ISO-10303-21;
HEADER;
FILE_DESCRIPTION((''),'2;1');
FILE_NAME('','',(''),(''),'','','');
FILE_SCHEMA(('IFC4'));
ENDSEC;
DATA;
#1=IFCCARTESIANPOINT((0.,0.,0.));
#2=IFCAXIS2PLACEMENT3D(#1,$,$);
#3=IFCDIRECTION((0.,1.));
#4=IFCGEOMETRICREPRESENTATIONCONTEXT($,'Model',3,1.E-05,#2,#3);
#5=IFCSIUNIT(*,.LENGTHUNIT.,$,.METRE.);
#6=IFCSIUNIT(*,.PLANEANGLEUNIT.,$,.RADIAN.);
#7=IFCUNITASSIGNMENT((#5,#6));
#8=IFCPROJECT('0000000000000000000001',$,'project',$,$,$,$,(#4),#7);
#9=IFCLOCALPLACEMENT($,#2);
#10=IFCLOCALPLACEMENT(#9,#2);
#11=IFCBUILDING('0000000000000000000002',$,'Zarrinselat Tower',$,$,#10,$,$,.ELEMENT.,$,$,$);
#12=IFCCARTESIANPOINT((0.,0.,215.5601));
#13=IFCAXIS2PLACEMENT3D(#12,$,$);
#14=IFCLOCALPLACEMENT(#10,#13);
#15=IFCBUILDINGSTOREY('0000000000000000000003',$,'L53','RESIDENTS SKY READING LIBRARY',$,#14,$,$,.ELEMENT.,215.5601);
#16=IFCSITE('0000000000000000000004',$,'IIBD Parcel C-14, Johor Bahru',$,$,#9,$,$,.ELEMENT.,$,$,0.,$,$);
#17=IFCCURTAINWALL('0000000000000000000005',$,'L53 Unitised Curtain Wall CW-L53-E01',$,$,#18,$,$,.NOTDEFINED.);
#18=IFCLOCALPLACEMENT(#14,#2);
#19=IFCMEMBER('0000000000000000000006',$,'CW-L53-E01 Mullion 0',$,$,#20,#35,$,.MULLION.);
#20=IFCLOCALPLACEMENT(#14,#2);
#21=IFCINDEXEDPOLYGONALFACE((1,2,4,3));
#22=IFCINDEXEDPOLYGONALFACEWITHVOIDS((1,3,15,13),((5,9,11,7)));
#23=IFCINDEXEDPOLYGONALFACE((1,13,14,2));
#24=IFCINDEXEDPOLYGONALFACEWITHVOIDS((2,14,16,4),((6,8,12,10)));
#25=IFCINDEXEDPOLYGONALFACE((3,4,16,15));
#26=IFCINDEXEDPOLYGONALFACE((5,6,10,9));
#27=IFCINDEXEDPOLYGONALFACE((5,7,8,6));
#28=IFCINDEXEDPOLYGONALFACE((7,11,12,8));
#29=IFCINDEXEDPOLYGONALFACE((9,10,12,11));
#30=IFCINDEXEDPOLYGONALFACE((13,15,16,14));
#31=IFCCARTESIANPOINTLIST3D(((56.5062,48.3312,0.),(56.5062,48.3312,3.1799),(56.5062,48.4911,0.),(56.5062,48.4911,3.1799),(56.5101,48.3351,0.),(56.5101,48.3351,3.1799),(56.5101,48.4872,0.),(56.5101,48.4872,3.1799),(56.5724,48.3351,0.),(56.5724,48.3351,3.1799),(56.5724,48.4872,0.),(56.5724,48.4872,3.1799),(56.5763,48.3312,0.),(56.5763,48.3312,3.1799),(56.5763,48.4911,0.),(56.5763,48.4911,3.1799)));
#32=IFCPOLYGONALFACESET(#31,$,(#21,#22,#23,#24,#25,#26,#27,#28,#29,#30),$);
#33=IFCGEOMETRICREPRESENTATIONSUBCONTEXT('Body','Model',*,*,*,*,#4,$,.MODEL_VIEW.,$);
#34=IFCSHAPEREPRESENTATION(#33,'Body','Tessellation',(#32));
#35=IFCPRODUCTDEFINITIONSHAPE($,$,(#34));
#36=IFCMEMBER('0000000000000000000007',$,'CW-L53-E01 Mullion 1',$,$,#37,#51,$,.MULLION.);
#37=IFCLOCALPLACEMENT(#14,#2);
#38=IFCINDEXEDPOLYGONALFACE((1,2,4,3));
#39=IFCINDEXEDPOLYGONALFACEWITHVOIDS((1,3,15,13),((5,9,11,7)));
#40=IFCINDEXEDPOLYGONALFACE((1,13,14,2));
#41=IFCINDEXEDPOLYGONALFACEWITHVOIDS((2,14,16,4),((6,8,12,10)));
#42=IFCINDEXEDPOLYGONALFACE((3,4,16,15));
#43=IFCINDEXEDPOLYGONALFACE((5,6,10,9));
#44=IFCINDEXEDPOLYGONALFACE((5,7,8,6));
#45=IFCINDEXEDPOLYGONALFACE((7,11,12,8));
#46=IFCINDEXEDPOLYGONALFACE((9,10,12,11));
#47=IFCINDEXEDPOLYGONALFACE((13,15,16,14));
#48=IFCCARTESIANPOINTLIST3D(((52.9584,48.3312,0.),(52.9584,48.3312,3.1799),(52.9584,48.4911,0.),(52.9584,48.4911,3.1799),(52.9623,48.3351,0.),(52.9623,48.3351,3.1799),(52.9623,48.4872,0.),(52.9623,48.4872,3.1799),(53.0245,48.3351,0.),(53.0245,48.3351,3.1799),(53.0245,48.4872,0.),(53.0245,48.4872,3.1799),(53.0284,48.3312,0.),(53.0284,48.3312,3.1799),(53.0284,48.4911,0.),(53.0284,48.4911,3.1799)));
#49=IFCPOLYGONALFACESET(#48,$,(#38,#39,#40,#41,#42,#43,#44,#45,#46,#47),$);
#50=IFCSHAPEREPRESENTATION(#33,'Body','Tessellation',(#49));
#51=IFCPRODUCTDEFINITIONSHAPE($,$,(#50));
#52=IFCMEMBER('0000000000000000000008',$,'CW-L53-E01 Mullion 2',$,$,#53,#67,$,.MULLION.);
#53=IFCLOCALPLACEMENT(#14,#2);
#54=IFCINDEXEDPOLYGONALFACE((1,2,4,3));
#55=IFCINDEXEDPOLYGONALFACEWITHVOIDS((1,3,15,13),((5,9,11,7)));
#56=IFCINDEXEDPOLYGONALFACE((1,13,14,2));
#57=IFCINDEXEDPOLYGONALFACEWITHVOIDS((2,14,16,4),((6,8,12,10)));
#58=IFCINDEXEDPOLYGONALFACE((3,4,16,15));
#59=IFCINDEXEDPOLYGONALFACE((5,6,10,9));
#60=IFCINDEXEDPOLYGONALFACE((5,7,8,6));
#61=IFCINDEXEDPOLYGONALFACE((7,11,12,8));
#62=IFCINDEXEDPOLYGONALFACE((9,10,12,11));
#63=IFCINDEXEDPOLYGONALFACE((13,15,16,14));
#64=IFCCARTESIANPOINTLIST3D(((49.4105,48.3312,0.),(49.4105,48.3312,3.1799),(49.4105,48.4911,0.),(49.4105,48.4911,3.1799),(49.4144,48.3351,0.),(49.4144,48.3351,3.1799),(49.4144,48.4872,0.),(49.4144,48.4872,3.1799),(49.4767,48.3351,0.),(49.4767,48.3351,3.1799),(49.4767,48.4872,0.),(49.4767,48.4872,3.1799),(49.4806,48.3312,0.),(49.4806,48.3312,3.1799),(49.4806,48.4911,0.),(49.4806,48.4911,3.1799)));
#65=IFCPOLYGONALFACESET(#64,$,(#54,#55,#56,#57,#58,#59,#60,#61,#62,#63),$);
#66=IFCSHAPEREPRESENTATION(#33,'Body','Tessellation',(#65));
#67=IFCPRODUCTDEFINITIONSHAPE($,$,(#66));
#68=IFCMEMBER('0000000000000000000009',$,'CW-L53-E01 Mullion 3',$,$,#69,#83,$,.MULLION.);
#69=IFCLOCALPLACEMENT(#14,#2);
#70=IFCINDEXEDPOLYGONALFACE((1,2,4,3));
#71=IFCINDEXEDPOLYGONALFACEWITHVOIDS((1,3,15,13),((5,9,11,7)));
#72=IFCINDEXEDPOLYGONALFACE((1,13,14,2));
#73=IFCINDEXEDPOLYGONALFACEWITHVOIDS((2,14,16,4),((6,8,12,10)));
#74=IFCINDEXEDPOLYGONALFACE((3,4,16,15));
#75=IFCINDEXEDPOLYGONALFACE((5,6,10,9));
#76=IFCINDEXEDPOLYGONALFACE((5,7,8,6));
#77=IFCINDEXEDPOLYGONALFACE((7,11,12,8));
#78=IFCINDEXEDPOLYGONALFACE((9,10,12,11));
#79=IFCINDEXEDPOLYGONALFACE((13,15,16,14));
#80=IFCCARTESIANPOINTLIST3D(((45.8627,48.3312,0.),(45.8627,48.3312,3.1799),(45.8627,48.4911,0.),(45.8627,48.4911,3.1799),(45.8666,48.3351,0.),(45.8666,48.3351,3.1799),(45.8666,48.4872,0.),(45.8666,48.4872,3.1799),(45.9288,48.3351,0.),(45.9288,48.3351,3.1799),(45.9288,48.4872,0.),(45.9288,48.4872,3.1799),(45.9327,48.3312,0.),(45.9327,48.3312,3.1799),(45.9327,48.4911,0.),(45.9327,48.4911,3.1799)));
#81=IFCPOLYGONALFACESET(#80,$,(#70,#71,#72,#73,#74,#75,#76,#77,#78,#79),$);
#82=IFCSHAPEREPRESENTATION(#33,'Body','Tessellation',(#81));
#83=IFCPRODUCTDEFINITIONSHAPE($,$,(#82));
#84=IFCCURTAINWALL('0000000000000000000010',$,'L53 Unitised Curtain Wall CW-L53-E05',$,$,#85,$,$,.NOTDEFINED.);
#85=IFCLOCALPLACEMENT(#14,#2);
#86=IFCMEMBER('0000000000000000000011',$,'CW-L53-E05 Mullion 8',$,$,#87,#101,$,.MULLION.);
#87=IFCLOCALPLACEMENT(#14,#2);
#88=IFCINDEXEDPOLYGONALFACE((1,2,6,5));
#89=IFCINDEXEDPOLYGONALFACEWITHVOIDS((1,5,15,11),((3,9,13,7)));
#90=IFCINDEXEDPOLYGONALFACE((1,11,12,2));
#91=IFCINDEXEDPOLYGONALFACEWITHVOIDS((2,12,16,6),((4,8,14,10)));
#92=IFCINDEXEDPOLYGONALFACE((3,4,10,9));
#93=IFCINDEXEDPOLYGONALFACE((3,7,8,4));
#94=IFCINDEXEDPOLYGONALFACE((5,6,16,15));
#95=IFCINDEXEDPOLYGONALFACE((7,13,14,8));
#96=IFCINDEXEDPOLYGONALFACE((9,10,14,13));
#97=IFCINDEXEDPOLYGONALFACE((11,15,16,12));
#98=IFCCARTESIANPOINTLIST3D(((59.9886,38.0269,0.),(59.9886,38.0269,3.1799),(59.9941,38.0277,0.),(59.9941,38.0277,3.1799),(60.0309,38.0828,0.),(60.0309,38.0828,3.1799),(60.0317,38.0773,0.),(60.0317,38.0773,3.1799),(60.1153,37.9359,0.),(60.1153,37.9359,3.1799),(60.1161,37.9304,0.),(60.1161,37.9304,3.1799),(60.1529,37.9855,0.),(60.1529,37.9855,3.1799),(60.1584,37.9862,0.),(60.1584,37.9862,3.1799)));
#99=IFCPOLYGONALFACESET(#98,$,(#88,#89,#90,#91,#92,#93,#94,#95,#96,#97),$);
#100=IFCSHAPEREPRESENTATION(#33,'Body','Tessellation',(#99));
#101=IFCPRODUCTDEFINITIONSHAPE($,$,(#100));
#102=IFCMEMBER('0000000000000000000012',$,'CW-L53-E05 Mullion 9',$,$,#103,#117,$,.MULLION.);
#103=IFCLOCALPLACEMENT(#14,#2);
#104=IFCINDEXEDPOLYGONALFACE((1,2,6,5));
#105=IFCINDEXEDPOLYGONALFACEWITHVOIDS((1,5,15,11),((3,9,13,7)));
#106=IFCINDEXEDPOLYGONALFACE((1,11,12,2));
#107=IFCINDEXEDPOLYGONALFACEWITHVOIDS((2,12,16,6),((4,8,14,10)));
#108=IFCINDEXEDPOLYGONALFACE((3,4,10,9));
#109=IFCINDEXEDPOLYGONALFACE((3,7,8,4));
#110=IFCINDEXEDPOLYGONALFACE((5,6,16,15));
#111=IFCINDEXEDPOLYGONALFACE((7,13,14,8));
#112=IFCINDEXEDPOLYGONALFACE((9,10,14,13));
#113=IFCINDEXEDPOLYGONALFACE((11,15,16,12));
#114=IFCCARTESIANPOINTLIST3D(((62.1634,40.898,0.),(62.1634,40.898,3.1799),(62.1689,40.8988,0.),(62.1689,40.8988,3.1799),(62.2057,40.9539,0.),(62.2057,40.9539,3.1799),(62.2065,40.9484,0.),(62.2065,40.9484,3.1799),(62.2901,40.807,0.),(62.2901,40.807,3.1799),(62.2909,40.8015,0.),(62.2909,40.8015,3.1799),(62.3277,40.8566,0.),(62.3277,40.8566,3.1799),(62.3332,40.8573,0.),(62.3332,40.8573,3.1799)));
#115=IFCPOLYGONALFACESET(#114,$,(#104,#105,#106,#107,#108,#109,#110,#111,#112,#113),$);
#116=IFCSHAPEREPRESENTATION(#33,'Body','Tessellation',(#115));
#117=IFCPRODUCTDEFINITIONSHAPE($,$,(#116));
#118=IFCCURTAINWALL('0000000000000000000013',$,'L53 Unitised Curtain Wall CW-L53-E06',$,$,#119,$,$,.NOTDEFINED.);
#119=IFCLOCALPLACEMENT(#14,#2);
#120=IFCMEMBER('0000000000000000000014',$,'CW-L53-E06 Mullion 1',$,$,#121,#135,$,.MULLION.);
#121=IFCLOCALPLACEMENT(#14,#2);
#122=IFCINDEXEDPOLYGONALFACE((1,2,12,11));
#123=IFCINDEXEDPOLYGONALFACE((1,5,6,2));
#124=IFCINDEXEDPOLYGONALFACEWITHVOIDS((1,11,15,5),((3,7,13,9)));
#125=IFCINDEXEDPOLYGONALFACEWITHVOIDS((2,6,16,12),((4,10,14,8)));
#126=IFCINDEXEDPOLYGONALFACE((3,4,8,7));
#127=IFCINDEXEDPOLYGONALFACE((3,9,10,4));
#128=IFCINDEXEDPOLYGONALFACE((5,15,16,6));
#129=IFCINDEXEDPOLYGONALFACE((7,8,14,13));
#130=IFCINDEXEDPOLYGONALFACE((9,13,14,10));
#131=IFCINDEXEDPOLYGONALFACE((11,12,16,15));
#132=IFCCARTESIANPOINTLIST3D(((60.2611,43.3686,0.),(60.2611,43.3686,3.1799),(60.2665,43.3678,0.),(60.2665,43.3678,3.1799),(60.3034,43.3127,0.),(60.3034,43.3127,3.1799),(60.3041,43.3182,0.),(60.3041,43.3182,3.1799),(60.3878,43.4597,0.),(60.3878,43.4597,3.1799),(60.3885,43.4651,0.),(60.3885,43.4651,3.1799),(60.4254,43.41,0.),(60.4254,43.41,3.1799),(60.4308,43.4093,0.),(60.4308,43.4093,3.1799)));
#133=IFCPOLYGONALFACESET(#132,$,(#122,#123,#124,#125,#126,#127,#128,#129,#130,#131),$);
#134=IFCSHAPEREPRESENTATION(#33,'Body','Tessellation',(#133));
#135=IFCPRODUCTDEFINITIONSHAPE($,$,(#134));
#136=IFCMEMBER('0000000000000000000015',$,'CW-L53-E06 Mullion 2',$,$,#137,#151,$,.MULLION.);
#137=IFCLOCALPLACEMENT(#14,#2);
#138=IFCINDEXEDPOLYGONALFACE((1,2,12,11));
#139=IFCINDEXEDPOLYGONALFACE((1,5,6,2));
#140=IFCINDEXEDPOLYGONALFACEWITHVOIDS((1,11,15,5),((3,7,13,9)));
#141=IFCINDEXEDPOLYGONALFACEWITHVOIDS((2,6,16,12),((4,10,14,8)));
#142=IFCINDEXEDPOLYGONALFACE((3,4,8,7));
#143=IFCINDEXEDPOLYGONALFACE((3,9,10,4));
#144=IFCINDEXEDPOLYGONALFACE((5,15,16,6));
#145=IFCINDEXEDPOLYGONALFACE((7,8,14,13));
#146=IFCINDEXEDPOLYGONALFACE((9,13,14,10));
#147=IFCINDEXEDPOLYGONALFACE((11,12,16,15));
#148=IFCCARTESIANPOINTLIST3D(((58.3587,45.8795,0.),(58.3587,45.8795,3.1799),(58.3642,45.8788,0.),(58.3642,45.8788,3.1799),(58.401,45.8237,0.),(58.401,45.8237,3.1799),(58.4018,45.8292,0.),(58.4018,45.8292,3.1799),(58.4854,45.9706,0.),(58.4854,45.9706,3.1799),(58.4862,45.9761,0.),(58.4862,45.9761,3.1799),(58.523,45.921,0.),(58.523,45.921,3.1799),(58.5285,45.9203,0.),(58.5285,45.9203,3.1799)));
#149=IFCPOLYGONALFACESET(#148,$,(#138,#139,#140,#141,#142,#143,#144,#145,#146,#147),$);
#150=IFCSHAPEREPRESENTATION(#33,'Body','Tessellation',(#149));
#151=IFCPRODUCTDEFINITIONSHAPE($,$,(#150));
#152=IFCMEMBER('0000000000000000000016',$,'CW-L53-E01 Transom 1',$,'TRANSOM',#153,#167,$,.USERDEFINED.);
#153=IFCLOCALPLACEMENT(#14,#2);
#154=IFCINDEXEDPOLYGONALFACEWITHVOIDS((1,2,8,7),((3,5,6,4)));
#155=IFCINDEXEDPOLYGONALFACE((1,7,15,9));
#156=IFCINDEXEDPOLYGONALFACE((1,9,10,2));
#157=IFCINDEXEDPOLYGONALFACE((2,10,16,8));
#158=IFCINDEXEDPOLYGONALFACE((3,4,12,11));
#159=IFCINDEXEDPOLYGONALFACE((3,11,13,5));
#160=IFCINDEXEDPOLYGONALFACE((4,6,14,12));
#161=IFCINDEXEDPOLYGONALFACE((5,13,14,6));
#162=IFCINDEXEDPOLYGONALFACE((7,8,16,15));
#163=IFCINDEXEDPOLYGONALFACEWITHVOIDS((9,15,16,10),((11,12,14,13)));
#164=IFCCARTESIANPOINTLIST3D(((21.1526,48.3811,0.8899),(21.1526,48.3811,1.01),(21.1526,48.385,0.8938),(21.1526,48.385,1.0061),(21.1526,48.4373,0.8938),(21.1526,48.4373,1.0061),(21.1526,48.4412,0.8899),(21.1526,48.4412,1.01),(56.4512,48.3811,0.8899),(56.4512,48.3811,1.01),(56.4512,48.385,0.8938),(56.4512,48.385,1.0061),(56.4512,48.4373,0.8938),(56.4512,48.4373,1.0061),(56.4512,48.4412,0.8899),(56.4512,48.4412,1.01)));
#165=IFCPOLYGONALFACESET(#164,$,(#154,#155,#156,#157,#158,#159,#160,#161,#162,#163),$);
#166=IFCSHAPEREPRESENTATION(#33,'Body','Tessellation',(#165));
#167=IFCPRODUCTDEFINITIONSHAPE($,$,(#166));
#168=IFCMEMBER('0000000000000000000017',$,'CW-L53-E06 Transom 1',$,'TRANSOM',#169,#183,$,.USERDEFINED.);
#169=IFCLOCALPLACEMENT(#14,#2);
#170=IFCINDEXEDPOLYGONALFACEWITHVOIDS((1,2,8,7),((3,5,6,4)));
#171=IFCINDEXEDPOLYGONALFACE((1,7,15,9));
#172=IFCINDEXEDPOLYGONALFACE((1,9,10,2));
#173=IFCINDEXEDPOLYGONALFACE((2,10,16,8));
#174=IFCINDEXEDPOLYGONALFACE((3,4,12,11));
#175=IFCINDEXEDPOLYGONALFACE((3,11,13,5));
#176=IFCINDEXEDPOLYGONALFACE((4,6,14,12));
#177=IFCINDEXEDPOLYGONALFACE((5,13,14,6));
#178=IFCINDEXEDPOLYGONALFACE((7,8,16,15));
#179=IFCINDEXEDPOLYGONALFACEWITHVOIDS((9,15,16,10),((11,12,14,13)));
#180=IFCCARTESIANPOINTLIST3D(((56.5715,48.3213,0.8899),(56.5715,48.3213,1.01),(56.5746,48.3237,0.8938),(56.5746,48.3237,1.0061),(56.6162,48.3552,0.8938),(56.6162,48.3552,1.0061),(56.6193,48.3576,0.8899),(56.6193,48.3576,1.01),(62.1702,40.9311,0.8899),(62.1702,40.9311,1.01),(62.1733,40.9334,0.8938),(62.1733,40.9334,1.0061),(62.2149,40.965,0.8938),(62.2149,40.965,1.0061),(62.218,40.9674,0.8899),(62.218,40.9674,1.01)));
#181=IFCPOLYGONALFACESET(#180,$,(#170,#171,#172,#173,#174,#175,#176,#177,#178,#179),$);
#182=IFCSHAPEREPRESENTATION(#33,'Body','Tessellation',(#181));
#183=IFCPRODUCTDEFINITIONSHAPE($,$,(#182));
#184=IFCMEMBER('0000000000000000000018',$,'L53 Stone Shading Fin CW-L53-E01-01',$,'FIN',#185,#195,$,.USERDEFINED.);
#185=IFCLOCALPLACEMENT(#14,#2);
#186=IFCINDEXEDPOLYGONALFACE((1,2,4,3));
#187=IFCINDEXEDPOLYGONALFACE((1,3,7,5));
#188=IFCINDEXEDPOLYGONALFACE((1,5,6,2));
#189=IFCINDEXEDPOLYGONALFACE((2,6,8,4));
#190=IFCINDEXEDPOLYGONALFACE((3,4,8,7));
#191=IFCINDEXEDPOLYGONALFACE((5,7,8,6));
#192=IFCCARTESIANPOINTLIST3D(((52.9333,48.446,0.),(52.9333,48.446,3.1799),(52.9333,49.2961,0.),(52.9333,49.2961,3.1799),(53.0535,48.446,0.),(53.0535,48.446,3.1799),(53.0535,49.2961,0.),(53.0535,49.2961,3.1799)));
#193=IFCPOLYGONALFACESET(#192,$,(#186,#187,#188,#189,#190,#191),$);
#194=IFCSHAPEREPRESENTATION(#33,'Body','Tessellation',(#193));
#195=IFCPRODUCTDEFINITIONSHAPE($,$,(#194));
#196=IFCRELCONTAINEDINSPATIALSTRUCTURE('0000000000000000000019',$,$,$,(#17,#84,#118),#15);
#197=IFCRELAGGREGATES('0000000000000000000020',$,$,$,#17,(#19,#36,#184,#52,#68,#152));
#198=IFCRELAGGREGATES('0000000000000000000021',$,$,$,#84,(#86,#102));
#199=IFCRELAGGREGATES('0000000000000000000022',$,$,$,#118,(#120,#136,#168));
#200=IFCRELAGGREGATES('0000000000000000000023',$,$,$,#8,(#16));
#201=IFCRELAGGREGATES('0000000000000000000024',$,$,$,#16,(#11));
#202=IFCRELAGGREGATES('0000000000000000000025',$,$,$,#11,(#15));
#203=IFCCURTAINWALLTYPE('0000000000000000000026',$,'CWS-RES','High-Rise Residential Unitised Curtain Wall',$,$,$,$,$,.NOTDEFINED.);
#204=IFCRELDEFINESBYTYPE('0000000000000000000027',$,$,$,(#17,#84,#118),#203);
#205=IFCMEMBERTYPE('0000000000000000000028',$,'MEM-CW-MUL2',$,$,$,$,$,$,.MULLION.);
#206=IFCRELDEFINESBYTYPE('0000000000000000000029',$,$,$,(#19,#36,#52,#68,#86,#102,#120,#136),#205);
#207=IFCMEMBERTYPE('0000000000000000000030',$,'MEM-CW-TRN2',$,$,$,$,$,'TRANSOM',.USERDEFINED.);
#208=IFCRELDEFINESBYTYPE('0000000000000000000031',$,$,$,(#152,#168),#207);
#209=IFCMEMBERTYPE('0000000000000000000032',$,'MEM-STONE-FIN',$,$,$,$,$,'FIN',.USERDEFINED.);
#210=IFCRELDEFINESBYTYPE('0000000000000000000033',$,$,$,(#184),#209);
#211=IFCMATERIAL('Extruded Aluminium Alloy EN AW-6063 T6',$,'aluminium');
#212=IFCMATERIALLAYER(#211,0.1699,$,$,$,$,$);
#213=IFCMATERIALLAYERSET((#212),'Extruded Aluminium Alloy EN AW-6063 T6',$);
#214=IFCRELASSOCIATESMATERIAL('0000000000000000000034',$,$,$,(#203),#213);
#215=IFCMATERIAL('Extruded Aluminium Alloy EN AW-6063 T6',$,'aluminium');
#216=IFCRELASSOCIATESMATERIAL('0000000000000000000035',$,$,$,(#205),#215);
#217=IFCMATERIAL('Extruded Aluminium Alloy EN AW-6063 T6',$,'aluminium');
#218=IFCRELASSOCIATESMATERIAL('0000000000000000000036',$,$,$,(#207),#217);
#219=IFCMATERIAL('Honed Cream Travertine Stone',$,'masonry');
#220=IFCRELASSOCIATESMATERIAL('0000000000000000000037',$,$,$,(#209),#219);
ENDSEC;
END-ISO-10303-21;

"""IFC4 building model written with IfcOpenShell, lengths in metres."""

from ifc_helpers import new_model, si_unit, direction, frame, origin, origin_2d, place, context, subcontext, project, spatial, rectangle, hollow_rectangle, extrude, material, layer, layer_set, material_profile, profile_set, type_object, element, aggregate, save


model = new_model("IFC4")

# Units and contexts
model_context = context("Model", 3, precision=1e-05, world=origin(), true_north=direction((0.0, 1.0)))
body_context = subcontext(model_context, "Body", "Model", "MODEL_VIEW")
ifc_project = project(units=[si_unit("LENGTHUNIT", "METRE"), si_unit("PLANEANGLEUNIT", "RADIAN")], contexts=[model_context])

# Site, building, storey
site_placement = place(None, origin())
site = spatial("IfcSite", under=ifc_project, at=site_placement, Name="IIBD Parcel C-14, Johor Bahru", CompositionType="ELEMENT", RefElevation=0.0)
building_placement = place(site_placement, origin())
building = spatial("IfcBuilding", under=site, at=building_placement, Name="Zarrinselat Tower", CompositionType="ELEMENT")
storey_placement = place(building_placement, frame((0.0, 0.0, 215.5601)))
storey = spatial("IfcBuildingStorey", under=building, at=storey_placement, Name="L53", Description="RESIDENTS SKY READING LIBRARY", CompositionType="ELEMENT", Elevation=215.5601)

# Curtain walls, members
ifc_material_1 = material(Name="Extruded Aluminium Alloy EN AW-6063 T6", Category="aluminium")
ifc_layer_1 = layer(ifc_material_1, 0.1699)
ifc_layer_set_1 = layer_set([ifc_layer_1], Name="Extruded Aluminium Alloy EN AW-6063 T6")
curtain_wall_type = type_object("IfcCurtainWallType", Name="CWS-RES", Description="High-Rise Residential Unitised Curtain Wall", PredefinedType="NOTDEFINED", material=ifc_layer_set_1)
curtain_wall_1_placement = place(storey_placement, origin())
curtain_wall_1 = element("IfcCurtainWall", 1, at=curtain_wall_1_placement, inside=storey, type_object=curtain_wall_type, Name="L53 Unitised Curtain Wall CW-L53-E01", PredefinedType="NOTDEFINED")
ifc_material_2 = material(Name="Extruded Aluminium Alloy EN AW-6063 T6", Category="aluminium")
ifc_material_profile_1 = material_profile(ifc_material_2, hollow_rectangle(XDim=0.0701, YDim=0.1599, WallThickness=0.0039, at=origin_2d()), Name="RHS 160x70x4")
ifc_profile_set_1 = profile_set([ifc_material_profile_1], Name="Extruded Aluminium Alloy EN AW-6063 T6")
member_type_1 = type_object("IfcMemberType", Name="MEM-CW-MUL2", PredefinedType="MULLION", material=ifc_profile_set_1)
member_1_placement = place(storey_placement, frame((56.5413, 48.4111, 0.0), z_axis=(0.0, 0.0, 1.0), x_axis=(-1.0, 0.0, 0.0)))
member_1 = element("IfcMember", 2, at=member_1_placement, type_object=member_type_1, Name="CW-L53-E01 Mullion 0", PredefinedType="MULLION", context=body_context, shape_type="SweptSolid", body=[
    extrude(hollow_rectangle(XDim=0.0701, YDim=0.1599, WallThickness=0.0039, at=origin_2d()), origin(), (0.0, 0.0, 1.0), 3.1799),
])
member_2_placement = place(storey_placement, frame((52.9934, 48.4111, 0.0), z_axis=(0.0, 0.0, 1.0), x_axis=(-1.0, 0.0, 0.0)))
member_2 = element("IfcMember", 3, at=member_2_placement, type_object=member_type_1, Name="CW-L53-E01 Mullion 1", PredefinedType="MULLION", context=body_context, shape_type="SweptSolid", body=[
    extrude(hollow_rectangle(XDim=0.0701, YDim=0.1599, WallThickness=0.0039, at=origin_2d()), origin(), (0.0, 0.0, 1.0), 3.1799),
])
member_3_placement = place(storey_placement, frame((49.4456, 48.4111, 0.0), z_axis=(0.0, 0.0, 1.0), x_axis=(-1.0, 0.0, 0.0)))
member_3 = element("IfcMember", 4, at=member_3_placement, type_object=member_type_1, Name="CW-L53-E01 Mullion 2", PredefinedType="MULLION", context=body_context, shape_type="SweptSolid", body=[
    extrude(hollow_rectangle(XDim=0.0701, YDim=0.1599, WallThickness=0.0039, at=origin_2d()), origin(), (0.0, 0.0, 1.0), 3.1799),
])
member_4_placement = place(storey_placement, frame((45.8977, 48.4111, 0.0), z_axis=(0.0, 0.0, 1.0), x_axis=(-1.0, 0.0, 0.0)))
member_4 = element("IfcMember", 5, at=member_4_placement, type_object=member_type_1, Name="CW-L53-E01 Mullion 3", PredefinedType="MULLION", context=body_context, shape_type="SweptSolid", body=[
    extrude(hollow_rectangle(XDim=0.0701, YDim=0.1599, WallThickness=0.0039, at=origin_2d()), origin(), (0.0, 0.0, 1.0), 3.1799),
])
curtain_wall_2_placement = place(storey_placement, origin())
curtain_wall_2 = element("IfcCurtainWall", 6, at=curtain_wall_2_placement, inside=storey, type_object=curtain_wall_type, Name="L53 Unitised Curtain Wall CW-L53-E05", PredefinedType="NOTDEFINED")
member_5_placement = place(storey_placement, frame((60.0735, 38.0066, 0.0), z_axis=(0.0, 0.0, 1.0), x_axis=(0.603859, 0.797091, 0.0)))
member_5 = element("IfcMember", 7, at=member_5_placement, type_object=member_type_1, Name="CW-L53-E05 Mullion 8", PredefinedType="MULLION", context=body_context, shape_type="SweptSolid", body=[
    extrude(hollow_rectangle(XDim=0.0701, YDim=0.1599, WallThickness=0.0039, at=origin_2d()), origin(), (0.0, 0.0, 1.0), 3.1799),
])
member_6_placement = place(storey_placement, frame((62.2483, 40.8777, 0.0), z_axis=(0.0, 0.0, 1.0), x_axis=(0.603859, 0.797091, 0.0)))
member_6 = element("IfcMember", 8, at=member_6_placement, type_object=member_type_1, Name="CW-L53-E05 Mullion 9", PredefinedType="MULLION", context=body_context, shape_type="SweptSolid", body=[
    extrude(hollow_rectangle(XDim=0.0701, YDim=0.1599, WallThickness=0.0039, at=origin_2d()), origin(), (0.0, 0.0, 1.0), 3.1799),
])
curtain_wall_3_placement = place(storey_placement, origin())
curtain_wall_3 = element("IfcCurtainWall", 9, at=curtain_wall_3_placement, inside=storey, type_object=curtain_wall_type, Name="L53 Unitised Curtain Wall CW-L53-E06", PredefinedType="NOTDEFINED")
member_7_placement = place(storey_placement, frame((60.3459, 43.3889, 0.0), z_axis=(0.0, 0.0, 1.0), x_axis=(-0.603858, 0.797092, 0.0)))
member_7 = element("IfcMember", 10, at=member_7_placement, type_object=member_type_1, Name="CW-L53-E06 Mullion 1", PredefinedType="MULLION", context=body_context, shape_type="SweptSolid", body=[
    extrude(hollow_rectangle(XDim=0.0701, YDim=0.1599, WallThickness=0.0039, at=origin_2d()), origin(), (0.0, 0.0, 1.0), 3.1799),
])
member_8_placement = place(storey_placement, frame((58.4436, 45.8999, 0.0), z_axis=(0.0, 0.0, 1.0), x_axis=(-0.603858, 0.797092, 0.0)))
member_8 = element("IfcMember", 11, at=member_8_placement, type_object=member_type_1, Name="CW-L53-E06 Mullion 2", PredefinedType="MULLION", context=body_context, shape_type="SweptSolid", body=[
    extrude(hollow_rectangle(XDim=0.0701, YDim=0.1599, WallThickness=0.0039, at=origin_2d()), origin(), (0.0, 0.0, 1.0), 3.1799),
])

# Members
ifc_material_3 = material(Name="Extruded Aluminium Alloy EN AW-6063 T6", Category="aluminium")
ifc_material_profile_2 = material_profile(ifc_material_3, hollow_rectangle(XDim=0.0601, YDim=0.1201, WallThickness=0.0039, at=origin_2d()), Name="RHS 120x60x4")
ifc_profile_set_2 = profile_set([ifc_material_profile_2], Name="Extruded Aluminium Alloy EN AW-6063 T6")
member_type_2 = type_object("IfcMemberType", Name="MEM-CW-TRN2", ElementType="TRANSOM", PredefinedType="USERDEFINED", material=ifc_profile_set_2)
member_9_placement = place(storey_placement, frame((56.4512, 48.4111, 0.95), z_axis=(-1.0, 0.0, 0.0), x_axis=(0.0, -1.0, 0.0)))
member_9 = element("IfcMember", 12, at=member_9_placement, type_object=member_type_2, Name="CW-L53-E01 Transom 1", ObjectType="TRANSOM", PredefinedType="USERDEFINED", context=body_context, shape_type="SweptSolid", body=[
    extrude(hollow_rectangle(XDim=0.0601, YDim=0.1201, WallThickness=0.0039, at=origin_2d()), origin(), (0.0, 0.0, 1.0), 35.2986),
])
member_10_placement = place(storey_placement, frame((62.1941, 40.9492, 0.95), z_axis=(-0.603861, 0.79709, 0.0), x_axis=(-0.79709, -0.603861, 0.0)))
member_10 = element("IfcMember", 13, at=member_10_placement, type_object=member_type_2, Name="CW-L53-E06 Transom 1", ObjectType="TRANSOM", PredefinedType="USERDEFINED", context=body_context, shape_type="SweptSolid", body=[
    extrude(hollow_rectangle(XDim=0.0601, YDim=0.1201, WallThickness=0.0039, at=origin_2d()), origin(), (0.0, 0.0, 1.0), 9.2715),
])
ifc_material_4 = material(Name="Honed Cream Travertine Stone", Category="masonry")
ifc_material_profile_3 = material_profile(ifc_material_4, rectangle(XDim=0.1201, YDim=0.8501, at=origin_2d()), Name="FIN 850x120")
ifc_profile_set_3 = profile_set([ifc_material_profile_3], Name="Honed Cream Travertine Stone")
member_type_3 = type_object("IfcMemberType", Name="MEM-STONE-FIN", ElementType="FIN", PredefinedType="USERDEFINED", material=ifc_profile_set_3)
member_11_placement = place(storey_placement, frame((52.9934, 48.8711, 0.0), z_axis=(0.0, 0.0, 1.0), x_axis=(1.0, 0.0, 0.0)))
member_11 = element("IfcMember", 14, at=member_11_placement, type_object=member_type_3, Name="L53 Stone Shading Fin CW-L53-E01-01", ObjectType="FIN", PredefinedType="USERDEFINED", context=body_context, shape_type="SweptSolid", body=[
    extrude(rectangle(XDim=0.1201, YDim=0.8501, at=origin_2d()), origin(), (0.0, 0.0, 1.0), 3.1799),
])

aggregate(curtain_wall_1, [member_1, member_2, member_11, member_3, member_4, member_9])
aggregate(curtain_wall_2, [member_5, member_6])
aggregate(curtain_wall_3, [member_7, member_8, member_10])

save(model, "model.ifc")
